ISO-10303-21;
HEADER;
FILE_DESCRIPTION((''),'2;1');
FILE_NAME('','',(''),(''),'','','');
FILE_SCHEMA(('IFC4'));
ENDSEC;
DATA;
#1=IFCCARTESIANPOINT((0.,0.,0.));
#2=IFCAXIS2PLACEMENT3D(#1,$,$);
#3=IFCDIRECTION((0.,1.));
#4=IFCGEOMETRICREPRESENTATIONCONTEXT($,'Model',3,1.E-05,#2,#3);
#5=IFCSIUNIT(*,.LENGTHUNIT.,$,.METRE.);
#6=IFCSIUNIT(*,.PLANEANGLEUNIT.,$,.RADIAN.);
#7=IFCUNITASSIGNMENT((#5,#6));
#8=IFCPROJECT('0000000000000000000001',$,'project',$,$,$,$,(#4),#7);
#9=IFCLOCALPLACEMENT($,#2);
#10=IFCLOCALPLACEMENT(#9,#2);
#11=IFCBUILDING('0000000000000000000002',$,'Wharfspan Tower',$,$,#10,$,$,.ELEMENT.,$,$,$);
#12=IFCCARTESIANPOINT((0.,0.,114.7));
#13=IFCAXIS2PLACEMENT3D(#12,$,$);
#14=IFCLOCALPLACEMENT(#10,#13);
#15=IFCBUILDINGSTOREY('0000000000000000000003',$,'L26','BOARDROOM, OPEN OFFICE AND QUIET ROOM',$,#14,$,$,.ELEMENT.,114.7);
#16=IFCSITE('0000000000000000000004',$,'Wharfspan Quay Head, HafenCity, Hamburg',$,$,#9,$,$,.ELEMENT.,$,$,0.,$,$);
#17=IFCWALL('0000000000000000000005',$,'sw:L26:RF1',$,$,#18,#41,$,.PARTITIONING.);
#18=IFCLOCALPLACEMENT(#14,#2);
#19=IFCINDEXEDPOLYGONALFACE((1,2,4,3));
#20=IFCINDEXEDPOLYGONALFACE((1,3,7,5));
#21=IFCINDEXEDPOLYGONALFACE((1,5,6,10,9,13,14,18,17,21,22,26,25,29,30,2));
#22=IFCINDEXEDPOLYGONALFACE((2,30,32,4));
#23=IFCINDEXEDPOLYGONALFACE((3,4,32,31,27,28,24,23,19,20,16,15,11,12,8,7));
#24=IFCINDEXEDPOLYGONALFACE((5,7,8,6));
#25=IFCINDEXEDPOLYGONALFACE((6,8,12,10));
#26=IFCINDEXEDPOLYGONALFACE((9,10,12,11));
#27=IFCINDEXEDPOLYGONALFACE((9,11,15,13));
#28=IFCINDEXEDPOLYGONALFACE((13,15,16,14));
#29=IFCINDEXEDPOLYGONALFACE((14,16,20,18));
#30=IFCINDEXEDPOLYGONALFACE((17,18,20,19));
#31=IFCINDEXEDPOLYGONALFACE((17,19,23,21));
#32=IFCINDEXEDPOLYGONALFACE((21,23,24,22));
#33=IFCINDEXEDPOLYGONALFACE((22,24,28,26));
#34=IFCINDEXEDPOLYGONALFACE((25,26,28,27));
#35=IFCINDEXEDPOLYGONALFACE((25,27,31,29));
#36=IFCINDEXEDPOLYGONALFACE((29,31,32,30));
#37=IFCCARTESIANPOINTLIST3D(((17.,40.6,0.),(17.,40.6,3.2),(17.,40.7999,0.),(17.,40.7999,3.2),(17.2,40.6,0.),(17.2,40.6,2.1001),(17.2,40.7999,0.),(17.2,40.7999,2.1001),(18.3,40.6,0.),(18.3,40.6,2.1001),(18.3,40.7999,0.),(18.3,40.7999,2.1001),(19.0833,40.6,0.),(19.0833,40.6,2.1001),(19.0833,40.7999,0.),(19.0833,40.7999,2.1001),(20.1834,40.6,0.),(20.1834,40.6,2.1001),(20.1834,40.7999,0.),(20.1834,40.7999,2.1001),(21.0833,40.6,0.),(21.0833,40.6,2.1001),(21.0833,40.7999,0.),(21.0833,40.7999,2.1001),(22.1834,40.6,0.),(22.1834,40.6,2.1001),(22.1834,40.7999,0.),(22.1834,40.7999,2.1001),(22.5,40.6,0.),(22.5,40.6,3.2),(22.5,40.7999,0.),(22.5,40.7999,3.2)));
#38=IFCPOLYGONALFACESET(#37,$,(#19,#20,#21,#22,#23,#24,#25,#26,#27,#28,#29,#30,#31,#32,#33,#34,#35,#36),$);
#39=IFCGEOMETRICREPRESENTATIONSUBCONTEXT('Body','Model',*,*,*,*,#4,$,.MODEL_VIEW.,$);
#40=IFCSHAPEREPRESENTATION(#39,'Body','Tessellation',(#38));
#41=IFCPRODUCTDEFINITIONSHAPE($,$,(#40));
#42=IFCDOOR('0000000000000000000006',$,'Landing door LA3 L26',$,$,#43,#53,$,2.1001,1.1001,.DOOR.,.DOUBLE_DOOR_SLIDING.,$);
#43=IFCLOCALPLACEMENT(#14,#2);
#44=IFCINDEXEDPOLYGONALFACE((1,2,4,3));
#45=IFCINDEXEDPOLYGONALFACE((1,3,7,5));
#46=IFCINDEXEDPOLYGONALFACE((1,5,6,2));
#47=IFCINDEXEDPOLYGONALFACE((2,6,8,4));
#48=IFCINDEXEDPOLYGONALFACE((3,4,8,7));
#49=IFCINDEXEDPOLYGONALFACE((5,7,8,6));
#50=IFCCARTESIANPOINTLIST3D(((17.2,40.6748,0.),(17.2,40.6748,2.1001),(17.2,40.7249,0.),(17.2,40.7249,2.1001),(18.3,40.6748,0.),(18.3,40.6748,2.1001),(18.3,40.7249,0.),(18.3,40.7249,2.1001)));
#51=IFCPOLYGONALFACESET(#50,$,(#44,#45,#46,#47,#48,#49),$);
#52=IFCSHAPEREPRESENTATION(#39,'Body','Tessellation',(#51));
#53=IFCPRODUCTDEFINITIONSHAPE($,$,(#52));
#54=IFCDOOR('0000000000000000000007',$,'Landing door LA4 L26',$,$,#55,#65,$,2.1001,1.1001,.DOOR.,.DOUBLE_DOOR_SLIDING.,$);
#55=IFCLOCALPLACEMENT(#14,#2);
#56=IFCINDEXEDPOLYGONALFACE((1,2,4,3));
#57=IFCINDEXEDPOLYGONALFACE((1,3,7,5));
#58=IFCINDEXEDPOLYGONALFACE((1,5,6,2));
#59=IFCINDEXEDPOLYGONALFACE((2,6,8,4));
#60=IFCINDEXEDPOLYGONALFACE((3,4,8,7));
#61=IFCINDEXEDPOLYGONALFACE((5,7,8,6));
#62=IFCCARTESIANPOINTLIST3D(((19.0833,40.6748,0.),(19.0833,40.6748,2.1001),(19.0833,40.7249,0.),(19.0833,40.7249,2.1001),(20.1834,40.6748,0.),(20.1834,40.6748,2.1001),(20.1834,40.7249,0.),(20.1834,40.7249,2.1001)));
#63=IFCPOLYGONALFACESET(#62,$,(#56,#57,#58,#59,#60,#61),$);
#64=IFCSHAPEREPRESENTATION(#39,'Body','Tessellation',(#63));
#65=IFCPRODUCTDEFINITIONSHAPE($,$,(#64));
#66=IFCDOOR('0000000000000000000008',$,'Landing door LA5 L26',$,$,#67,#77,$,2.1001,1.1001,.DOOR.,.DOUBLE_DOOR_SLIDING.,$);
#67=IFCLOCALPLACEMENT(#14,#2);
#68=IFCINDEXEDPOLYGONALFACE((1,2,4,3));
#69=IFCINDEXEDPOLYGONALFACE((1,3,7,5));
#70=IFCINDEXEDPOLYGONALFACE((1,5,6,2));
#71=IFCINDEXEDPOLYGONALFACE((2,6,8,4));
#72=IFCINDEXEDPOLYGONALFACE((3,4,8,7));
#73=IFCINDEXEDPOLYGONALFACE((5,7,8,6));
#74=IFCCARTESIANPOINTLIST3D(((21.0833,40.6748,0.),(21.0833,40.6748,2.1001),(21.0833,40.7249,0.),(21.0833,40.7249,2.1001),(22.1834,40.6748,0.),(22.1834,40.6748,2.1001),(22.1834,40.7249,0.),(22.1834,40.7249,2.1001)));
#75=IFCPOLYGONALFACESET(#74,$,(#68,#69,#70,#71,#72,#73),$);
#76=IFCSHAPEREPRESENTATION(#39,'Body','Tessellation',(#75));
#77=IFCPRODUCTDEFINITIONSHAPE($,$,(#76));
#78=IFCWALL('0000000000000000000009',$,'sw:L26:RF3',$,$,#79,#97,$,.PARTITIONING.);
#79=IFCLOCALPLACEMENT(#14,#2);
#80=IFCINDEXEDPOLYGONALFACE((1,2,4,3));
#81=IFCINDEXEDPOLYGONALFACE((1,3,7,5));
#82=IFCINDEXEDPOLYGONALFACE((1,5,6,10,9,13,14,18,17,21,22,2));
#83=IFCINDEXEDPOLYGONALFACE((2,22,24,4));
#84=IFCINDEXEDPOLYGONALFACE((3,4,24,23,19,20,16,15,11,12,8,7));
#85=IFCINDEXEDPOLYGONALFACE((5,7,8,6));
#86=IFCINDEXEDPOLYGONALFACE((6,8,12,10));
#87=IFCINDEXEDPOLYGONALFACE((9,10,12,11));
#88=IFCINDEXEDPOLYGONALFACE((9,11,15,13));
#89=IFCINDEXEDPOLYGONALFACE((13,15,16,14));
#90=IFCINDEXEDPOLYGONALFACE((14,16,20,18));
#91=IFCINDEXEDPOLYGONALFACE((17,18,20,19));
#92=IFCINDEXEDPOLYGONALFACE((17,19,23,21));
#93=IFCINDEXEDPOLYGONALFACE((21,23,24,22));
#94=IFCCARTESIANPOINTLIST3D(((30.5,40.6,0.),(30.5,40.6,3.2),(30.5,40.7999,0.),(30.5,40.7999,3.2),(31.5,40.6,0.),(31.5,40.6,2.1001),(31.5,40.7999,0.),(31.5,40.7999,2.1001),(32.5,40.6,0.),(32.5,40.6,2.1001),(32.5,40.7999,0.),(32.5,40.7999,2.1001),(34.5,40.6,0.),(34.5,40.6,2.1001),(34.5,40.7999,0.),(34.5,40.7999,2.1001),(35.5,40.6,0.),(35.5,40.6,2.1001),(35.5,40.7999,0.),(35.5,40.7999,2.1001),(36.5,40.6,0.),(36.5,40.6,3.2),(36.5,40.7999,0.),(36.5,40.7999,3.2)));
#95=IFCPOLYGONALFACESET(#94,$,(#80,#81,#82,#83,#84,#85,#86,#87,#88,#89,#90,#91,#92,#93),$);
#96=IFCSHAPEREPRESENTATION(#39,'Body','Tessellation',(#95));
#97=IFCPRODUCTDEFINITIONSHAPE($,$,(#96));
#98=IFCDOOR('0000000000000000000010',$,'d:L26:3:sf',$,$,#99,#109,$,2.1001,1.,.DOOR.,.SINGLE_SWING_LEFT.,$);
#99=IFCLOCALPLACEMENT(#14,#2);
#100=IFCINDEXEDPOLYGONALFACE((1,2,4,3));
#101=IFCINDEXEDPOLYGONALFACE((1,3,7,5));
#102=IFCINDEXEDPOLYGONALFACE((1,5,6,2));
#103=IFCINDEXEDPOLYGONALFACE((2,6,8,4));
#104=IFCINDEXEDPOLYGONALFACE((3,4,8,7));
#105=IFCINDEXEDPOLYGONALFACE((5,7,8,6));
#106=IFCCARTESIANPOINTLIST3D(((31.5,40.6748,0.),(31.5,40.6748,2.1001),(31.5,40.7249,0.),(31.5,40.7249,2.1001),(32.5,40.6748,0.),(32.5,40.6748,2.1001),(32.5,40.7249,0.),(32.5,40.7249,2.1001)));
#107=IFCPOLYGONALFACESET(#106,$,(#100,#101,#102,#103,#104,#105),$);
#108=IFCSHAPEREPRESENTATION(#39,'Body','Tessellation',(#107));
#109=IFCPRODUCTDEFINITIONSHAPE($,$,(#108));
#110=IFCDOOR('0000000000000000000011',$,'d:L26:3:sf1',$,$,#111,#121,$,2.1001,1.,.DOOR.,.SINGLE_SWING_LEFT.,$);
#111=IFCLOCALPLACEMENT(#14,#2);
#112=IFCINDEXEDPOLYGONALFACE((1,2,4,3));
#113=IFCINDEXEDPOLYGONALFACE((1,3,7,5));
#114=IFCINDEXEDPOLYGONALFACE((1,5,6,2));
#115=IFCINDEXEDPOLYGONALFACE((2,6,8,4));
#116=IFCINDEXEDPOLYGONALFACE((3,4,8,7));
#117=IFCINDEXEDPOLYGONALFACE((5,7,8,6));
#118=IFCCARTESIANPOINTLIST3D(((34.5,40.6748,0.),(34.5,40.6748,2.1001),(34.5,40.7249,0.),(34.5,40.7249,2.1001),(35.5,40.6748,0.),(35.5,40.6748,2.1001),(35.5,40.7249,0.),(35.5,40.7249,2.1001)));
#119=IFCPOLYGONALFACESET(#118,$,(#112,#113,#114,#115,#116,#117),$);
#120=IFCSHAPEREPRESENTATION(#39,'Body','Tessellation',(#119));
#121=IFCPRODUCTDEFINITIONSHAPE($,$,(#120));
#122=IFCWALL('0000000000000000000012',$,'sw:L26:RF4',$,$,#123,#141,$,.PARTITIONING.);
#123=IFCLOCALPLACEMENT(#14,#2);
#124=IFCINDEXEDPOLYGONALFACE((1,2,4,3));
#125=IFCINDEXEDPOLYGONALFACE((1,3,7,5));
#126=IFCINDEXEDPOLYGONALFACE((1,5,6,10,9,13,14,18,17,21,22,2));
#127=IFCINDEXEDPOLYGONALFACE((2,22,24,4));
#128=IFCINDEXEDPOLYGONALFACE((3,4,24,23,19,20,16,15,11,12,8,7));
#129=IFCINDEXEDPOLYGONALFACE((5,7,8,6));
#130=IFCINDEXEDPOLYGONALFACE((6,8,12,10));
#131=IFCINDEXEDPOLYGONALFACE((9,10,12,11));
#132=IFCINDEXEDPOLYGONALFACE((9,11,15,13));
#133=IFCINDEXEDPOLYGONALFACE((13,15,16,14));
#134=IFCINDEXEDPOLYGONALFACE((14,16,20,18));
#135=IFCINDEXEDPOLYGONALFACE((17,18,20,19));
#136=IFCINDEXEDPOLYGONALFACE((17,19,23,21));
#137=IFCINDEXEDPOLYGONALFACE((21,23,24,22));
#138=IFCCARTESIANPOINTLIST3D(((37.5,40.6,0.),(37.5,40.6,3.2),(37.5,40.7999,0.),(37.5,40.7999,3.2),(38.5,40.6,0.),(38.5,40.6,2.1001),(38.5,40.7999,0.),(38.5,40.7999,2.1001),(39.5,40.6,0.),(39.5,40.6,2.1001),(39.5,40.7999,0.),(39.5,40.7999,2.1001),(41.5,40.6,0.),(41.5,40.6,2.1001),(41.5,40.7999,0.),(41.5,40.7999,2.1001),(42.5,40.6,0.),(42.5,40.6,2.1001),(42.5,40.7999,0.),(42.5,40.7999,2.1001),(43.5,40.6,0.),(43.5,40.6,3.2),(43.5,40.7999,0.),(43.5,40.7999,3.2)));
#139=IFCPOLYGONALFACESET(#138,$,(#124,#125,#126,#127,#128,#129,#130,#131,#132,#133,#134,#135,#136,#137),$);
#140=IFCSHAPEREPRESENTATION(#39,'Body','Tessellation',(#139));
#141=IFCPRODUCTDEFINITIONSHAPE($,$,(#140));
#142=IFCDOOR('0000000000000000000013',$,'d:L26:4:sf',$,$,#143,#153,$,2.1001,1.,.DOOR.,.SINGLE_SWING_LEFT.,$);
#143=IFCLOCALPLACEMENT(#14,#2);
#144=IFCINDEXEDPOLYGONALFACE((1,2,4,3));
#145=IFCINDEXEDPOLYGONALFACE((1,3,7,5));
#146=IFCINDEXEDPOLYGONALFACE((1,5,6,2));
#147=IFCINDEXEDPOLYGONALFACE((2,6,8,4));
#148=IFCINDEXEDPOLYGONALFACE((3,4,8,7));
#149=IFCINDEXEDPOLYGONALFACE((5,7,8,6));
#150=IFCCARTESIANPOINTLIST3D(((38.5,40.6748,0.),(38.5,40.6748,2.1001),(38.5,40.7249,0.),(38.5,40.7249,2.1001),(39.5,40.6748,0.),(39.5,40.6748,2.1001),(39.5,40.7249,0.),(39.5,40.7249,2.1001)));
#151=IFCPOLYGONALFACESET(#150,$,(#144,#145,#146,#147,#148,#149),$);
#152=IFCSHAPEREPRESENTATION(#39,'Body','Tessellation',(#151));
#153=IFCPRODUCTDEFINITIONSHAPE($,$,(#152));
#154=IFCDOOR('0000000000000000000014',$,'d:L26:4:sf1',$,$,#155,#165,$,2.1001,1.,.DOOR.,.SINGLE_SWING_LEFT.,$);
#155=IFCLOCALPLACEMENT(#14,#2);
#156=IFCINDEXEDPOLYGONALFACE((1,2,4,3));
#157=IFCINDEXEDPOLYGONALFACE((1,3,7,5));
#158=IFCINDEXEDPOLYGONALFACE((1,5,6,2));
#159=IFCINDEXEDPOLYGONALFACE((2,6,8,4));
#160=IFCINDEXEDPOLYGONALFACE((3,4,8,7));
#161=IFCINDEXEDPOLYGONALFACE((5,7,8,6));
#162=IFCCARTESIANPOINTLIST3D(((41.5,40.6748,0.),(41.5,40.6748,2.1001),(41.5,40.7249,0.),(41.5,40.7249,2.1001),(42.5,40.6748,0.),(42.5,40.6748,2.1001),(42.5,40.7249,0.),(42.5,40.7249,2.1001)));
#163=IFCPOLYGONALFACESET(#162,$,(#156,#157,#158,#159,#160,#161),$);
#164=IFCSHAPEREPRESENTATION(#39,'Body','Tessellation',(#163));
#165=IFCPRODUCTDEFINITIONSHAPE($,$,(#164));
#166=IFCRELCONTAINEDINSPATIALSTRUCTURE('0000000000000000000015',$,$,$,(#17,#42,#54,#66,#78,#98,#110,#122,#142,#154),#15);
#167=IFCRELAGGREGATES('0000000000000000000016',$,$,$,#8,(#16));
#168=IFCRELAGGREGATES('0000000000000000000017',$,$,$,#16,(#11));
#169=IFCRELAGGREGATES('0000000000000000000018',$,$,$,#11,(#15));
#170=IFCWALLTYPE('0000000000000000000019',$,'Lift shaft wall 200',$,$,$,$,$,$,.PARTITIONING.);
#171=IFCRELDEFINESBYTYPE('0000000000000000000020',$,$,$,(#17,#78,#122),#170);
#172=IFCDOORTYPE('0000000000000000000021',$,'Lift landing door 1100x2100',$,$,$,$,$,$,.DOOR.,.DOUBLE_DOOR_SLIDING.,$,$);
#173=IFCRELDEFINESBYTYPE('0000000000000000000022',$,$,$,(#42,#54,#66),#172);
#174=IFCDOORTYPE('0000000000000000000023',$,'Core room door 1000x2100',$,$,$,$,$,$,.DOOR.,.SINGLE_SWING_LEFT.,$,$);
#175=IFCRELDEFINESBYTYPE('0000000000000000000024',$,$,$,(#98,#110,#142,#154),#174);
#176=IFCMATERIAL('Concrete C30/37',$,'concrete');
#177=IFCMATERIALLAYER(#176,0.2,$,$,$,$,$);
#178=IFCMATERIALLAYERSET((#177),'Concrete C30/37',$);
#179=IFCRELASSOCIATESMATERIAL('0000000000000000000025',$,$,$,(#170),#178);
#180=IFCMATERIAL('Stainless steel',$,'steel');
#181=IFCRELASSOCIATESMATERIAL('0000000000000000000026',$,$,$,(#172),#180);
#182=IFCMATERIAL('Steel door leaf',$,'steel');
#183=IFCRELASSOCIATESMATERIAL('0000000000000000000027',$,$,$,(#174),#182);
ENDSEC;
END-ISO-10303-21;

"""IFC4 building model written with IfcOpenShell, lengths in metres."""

from ifc_helpers import new_model, si_unit, direction, frame, frame_2d, origin, place, context, subcontext, project, spatial, rectangle, extrude, material, layer, layer_set, type_object, element, fill, save


model = new_model("IFC4")

# Units and contexts
model_context = context("Model", 3, precision=1e-05, world=origin(), true_north=direction((0.0, 1.0)))
body_context = subcontext(model_context, "Body", "Model", "MODEL_VIEW")
ifc_project = project(units=[si_unit("LENGTHUNIT", "METRE"), si_unit("PLANEANGLEUNIT", "RADIAN")], contexts=[model_context])

# Site, building, storey
site_placement = place(None, origin())
site = spatial("IfcSite", under=ifc_project, at=site_placement, Name="Wharfspan Quay Head, HafenCity, Hamburg", CompositionType="ELEMENT", RefElevation=0.0)
building_placement = place(site_placement, origin())
building = spatial("IfcBuilding", under=site, at=building_placement, Name="Wharfspan Tower", CompositionType="ELEMENT")
storey_placement = place(building_placement, frame((0.0, 0.0, 114.7)))
storey = spatial("IfcBuildingStorey", under=building, at=storey_placement, Name="L26", Description="BOARDROOM, OPEN OFFICE AND QUIET ROOM", CompositionType="ELEMENT", Elevation=114.7)

# Walls, openings, doors
ifc_material_1 = material(Name="Concrete C30/37", Category="concrete")
ifc_layer_1 = layer(ifc_material_1, 0.2)
ifc_layer_set_1 = layer_set([ifc_layer_1], Name="Concrete C30/37")
wall_type_1 = type_object("IfcWallType", Name="Lift shaft wall 200", PredefinedType="PARTITIONING", material=ifc_layer_set_1)
wall_1_placement = place(storey_placement, frame((17.0, 40.7, 0.0), z_axis=(0.0, 0.0, 1.0), x_axis=(1.0, 0.0, 0.0)))
wall_1 = element("IfcWall", 1, at=wall_1_placement, inside=storey, type_object=wall_type_1, Name="sw:L26:RF1", PredefinedType="PARTITIONING", context=body_context, shape_type="SweptSolid", body=[
    extrude(rectangle(XDim=5.5, YDim=0.2, at=frame_2d((2.75, 0.0))), origin(), (0.0, 0.0, 1.0), 3.2),
])
opening_1_placement = place(wall_1_placement, frame((0.2, 0.0, 0.0)))
opening_1 = element("IfcOpeningElement", 2, at=opening_1_placement, cuts=wall_1, PredefinedType="OPENING", context=body_context, shape_type="SweptSolid", body=[
    extrude(rectangle(XDim=1.1001, YDim=2.1001, at=frame_2d((0.55, 1.05))), frame((0.0, 0.1099, 0.0), z_axis=(0.0, -1.0, 0.0), x_axis=(1.0, 0.0, 0.0)), (0.0, 0.0, 1.0), 0.22),
])
opening_2_placement = place(wall_1_placement, frame((2.0833, 0.0, 0.0)))
opening_2 = element("IfcOpeningElement", 3, at=opening_2_placement, cuts=wall_1, PredefinedType="OPENING", context=body_context, shape_type="SweptSolid", body=[
    extrude(rectangle(XDim=1.1001, YDim=2.1001, at=frame_2d((0.55, 1.05))), frame((0.0, 0.1099, 0.0), z_axis=(0.0, -1.0, 0.0), x_axis=(1.0, 0.0, 0.0)), (0.0, 0.0, 1.0), 0.22),
])
opening_3_placement = place(wall_1_placement, frame((4.0833, 0.0, 0.0)))
opening_3 = element("IfcOpeningElement", 4, at=opening_3_placement, cuts=wall_1, PredefinedType="OPENING", context=body_context, shape_type="SweptSolid", body=[
    extrude(rectangle(XDim=1.1001, YDim=2.1001, at=frame_2d((0.55, 1.05))), frame((0.0, 0.1099, 0.0), z_axis=(0.0, -1.0, 0.0), x_axis=(1.0, 0.0, 0.0)), (0.0, 0.0, 1.0), 0.22),
])
ifc_material_2 = material(Name="Stainless steel", Category="steel")
door_type_1 = type_object("IfcDoorType", Name="Lift landing door 1100x2100", OperationType="DOUBLE_DOOR_SLIDING", PredefinedType="DOOR", material=ifc_material_2)
door_1_placement = place(opening_1_placement, origin())
door_1 = element("IfcDoor", 5, at=door_1_placement, inside=storey, type_object=door_type_1, Name="Landing door LA3 L26", OperationType="DOUBLE_DOOR_SLIDING", OverallHeight=2.1001, OverallWidth=1.1001, PredefinedType="DOOR", context=body_context, shape_type="SweptSolid", body=[
    extrude(rectangle(XDim=1.1001, YDim=2.1001, at=frame_2d((0.55, 1.05))), frame((0.0, 0.0249, 0.0), z_axis=(0.0, -1.0, 0.0), x_axis=(1.0, 0.0, 0.0)), (0.0, 0.0, 1.0), 0.05),
])
fill(opening_1, door_1)
door_2_placement = place(opening_2_placement, origin())
door_2 = element("IfcDoor", 6, at=door_2_placement, inside=storey, type_object=door_type_1, Name="Landing door LA4 L26", OperationType="DOUBLE_DOOR_SLIDING", OverallHeight=2.1001, OverallWidth=1.1001, PredefinedType="DOOR", context=body_context, shape_type="SweptSolid", body=[
    extrude(rectangle(XDim=1.1001, YDim=2.1001, at=frame_2d((0.55, 1.05))), frame((0.0, 0.0249, 0.0), z_axis=(0.0, -1.0, 0.0), x_axis=(1.0, 0.0, 0.0)), (0.0, 0.0, 1.0), 0.05),
])
fill(opening_2, door_2)
door_3_placement = place(opening_3_placement, origin())
door_3 = element("IfcDoor", 7, at=door_3_placement, inside=storey, type_object=door_type_1, Name="Landing door LA5 L26", OperationType="DOUBLE_DOOR_SLIDING", OverallHeight=2.1001, OverallWidth=1.1001, PredefinedType="DOOR", context=body_context, shape_type="SweptSolid", body=[
    extrude(rectangle(XDim=1.1001, YDim=2.1001, at=frame_2d((0.55, 1.05))), frame((0.0, 0.0249, 0.0), z_axis=(0.0, -1.0, 0.0), x_axis=(1.0, 0.0, 0.0)), (0.0, 0.0, 1.0), 0.05),
])
fill(opening_3, door_3)
wall_2_placement = place(storey_placement, frame((30.5, 40.7, 0.0), z_axis=(0.0, 0.0, 1.0), x_axis=(1.0, 0.0, 0.0)))
wall_2 = element("IfcWall", 8, at=wall_2_placement, inside=storey, type_object=wall_type_1, Name="sw:L26:RF3", PredefinedType="PARTITIONING", context=body_context, shape_type="SweptSolid", body=[
    extrude(rectangle(XDim=6.0, YDim=0.2, at=frame_2d((3.0, 0.0))), origin(), (0.0, 0.0, 1.0), 3.2),
])
opening_4_placement = place(wall_2_placement, frame((1.0, 0.0, 0.0)))
opening_4 = element("IfcOpeningElement", 9, at=opening_4_placement, cuts=wall_2, PredefinedType="OPENING", context=body_context, shape_type="SweptSolid", body=[
    extrude(rectangle(XDim=1.0, YDim=2.1001, at=frame_2d((0.5, 1.05))), frame((0.0, 0.1099, 0.0), z_axis=(0.0, -1.0, 0.0), x_axis=(1.0, 0.0, 0.0)), (0.0, 0.0, 1.0), 0.22),
])
opening_5_placement = place(wall_2_placement, frame((4.0, 0.0, 0.0)))
opening_5 = element("IfcOpeningElement", 10, at=opening_5_placement, cuts=wall_2, PredefinedType="OPENING", context=body_context, shape_type="SweptSolid", body=[
    extrude(rectangle(XDim=1.0, YDim=2.1001, at=frame_2d((0.5, 1.05))), frame((0.0, 0.1099, 0.0), z_axis=(0.0, -1.0, 0.0), x_axis=(1.0, 0.0, 0.0)), (0.0, 0.0, 1.0), 0.22),
])
ifc_material_3 = material(Name="Steel door leaf", Category="steel")
door_type_2 = type_object("IfcDoorType", Name="Core room door 1000x2100", OperationType="SINGLE_SWING_LEFT", PredefinedType="DOOR", material=ifc_material_3)
door_4_placement = place(opening_4_placement, origin())
door_4 = element("IfcDoor", 11, at=door_4_placement, inside=storey, type_object=door_type_2, Name="d:L26:3:sf", OperationType="SINGLE_SWING_LEFT", OverallHeight=2.1001, OverallWidth=1.0, PredefinedType="DOOR", context=body_context, shape_type="SweptSolid", body=[
    extrude(rectangle(XDim=1.0, YDim=2.1001, at=frame_2d((0.5, 1.05))), frame((0.0, 0.0249, 0.0), z_axis=(0.0, -1.0, 0.0), x_axis=(1.0, 0.0, 0.0)), (0.0, 0.0, 1.0), 0.05),
])
fill(opening_4, door_4)
door_5_placement = place(opening_5_placement, origin())
door_5 = element("IfcDoor", 12, at=door_5_placement, inside=storey, type_object=door_type_2, Name="d:L26:3:sf1", OperationType="SINGLE_SWING_LEFT", OverallHeight=2.1001, OverallWidth=1.0, PredefinedType="DOOR", context=body_context, shape_type="SweptSolid", body=[
    extrude(rectangle(XDim=1.0, YDim=2.1001, at=frame_2d((0.5, 1.05))), frame((0.0, 0.0249, 0.0), z_axis=(0.0, -1.0, 0.0), x_axis=(1.0, 0.0, 0.0)), (0.0, 0.0, 1.0), 0.05),
])
fill(opening_5, door_5)
wall_3_placement = place(storey_placement, frame((37.5, 40.7, 0.0), z_axis=(0.0, 0.0, 1.0), x_axis=(1.0, 0.0, 0.0)))
wall_3 = element("IfcWall", 13, at=wall_3_placement, inside=storey, type_object=wall_type_1, Name="sw:L26:RF4", PredefinedType="PARTITIONING", context=body_context, shape_type="SweptSolid", body=[
    extrude(rectangle(XDim=6.0, YDim=0.2, at=frame_2d((3.0, 0.0))), origin(), (0.0, 0.0, 1.0), 3.2),
])
opening_6_placement = place(wall_3_placement, frame((1.0, 0.0, 0.0)))
opening_6 = element("IfcOpeningElement", 14, at=opening_6_placement, cuts=wall_3, PredefinedType="OPENING", context=body_context, shape_type="SweptSolid", body=[
    extrude(rectangle(XDim=1.0, YDim=2.1001, at=frame_2d((0.5, 1.05))), frame((0.0, 0.1099, 0.0), z_axis=(0.0, -1.0, 0.0), x_axis=(1.0, 0.0, 0.0)), (0.0, 0.0, 1.0), 0.22),
])
opening_7_placement = place(wall_3_placement, frame((4.0, 0.0, 0.0)))
opening_7 = element("IfcOpeningElement", 15, at=opening_7_placement, cuts=wall_3, PredefinedType="OPENING", context=body_context, shape_type="SweptSolid", body=[
    extrude(rectangle(XDim=1.0, YDim=2.1001, at=frame_2d((0.5, 1.05))), frame((0.0, 0.1099, 0.0), z_axis=(0.0, -1.0, 0.0), x_axis=(1.0, 0.0, 0.0)), (0.0, 0.0, 1.0), 0.22),
])
door_6_placement = place(opening_6_placement, origin())
door_6 = element("IfcDoor", 16, at=door_6_placement, inside=storey, type_object=door_type_2, Name="d:L26:4:sf", OperationType="SINGLE_SWING_LEFT", OverallHeight=2.1001, OverallWidth=1.0, PredefinedType="DOOR", context=body_context, shape_type="SweptSolid", body=[
    extrude(rectangle(XDim=1.0, YDim=2.1001, at=frame_2d((0.5, 1.05))), frame((0.0, 0.0249, 0.0), z_axis=(0.0, -1.0, 0.0), x_axis=(1.0, 0.0, 0.0)), (0.0, 0.0, 1.0), 0.05),
])
fill(opening_6, door_6)
door_7_placement = place(opening_7_placement, origin())
door_7 = element("IfcDoor", 17, at=door_7_placement, inside=storey, type_object=door_type_2, Name="d:L26:4:sf1", OperationType="SINGLE_SWING_LEFT", OverallHeight=2.1001, OverallWidth=1.0, PredefinedType="DOOR", context=body_context, shape_type="SweptSolid", body=[
    extrude(rectangle(XDim=1.0, YDim=2.1001, at=frame_2d((0.5, 1.05))), frame((0.0, 0.0249, 0.0), z_axis=(0.0, -1.0, 0.0), x_axis=(1.0, 0.0, 0.0)), (0.0, 0.0, 1.0), 0.05),
])
fill(opening_7, door_7)

save(model, "model.ifc")
